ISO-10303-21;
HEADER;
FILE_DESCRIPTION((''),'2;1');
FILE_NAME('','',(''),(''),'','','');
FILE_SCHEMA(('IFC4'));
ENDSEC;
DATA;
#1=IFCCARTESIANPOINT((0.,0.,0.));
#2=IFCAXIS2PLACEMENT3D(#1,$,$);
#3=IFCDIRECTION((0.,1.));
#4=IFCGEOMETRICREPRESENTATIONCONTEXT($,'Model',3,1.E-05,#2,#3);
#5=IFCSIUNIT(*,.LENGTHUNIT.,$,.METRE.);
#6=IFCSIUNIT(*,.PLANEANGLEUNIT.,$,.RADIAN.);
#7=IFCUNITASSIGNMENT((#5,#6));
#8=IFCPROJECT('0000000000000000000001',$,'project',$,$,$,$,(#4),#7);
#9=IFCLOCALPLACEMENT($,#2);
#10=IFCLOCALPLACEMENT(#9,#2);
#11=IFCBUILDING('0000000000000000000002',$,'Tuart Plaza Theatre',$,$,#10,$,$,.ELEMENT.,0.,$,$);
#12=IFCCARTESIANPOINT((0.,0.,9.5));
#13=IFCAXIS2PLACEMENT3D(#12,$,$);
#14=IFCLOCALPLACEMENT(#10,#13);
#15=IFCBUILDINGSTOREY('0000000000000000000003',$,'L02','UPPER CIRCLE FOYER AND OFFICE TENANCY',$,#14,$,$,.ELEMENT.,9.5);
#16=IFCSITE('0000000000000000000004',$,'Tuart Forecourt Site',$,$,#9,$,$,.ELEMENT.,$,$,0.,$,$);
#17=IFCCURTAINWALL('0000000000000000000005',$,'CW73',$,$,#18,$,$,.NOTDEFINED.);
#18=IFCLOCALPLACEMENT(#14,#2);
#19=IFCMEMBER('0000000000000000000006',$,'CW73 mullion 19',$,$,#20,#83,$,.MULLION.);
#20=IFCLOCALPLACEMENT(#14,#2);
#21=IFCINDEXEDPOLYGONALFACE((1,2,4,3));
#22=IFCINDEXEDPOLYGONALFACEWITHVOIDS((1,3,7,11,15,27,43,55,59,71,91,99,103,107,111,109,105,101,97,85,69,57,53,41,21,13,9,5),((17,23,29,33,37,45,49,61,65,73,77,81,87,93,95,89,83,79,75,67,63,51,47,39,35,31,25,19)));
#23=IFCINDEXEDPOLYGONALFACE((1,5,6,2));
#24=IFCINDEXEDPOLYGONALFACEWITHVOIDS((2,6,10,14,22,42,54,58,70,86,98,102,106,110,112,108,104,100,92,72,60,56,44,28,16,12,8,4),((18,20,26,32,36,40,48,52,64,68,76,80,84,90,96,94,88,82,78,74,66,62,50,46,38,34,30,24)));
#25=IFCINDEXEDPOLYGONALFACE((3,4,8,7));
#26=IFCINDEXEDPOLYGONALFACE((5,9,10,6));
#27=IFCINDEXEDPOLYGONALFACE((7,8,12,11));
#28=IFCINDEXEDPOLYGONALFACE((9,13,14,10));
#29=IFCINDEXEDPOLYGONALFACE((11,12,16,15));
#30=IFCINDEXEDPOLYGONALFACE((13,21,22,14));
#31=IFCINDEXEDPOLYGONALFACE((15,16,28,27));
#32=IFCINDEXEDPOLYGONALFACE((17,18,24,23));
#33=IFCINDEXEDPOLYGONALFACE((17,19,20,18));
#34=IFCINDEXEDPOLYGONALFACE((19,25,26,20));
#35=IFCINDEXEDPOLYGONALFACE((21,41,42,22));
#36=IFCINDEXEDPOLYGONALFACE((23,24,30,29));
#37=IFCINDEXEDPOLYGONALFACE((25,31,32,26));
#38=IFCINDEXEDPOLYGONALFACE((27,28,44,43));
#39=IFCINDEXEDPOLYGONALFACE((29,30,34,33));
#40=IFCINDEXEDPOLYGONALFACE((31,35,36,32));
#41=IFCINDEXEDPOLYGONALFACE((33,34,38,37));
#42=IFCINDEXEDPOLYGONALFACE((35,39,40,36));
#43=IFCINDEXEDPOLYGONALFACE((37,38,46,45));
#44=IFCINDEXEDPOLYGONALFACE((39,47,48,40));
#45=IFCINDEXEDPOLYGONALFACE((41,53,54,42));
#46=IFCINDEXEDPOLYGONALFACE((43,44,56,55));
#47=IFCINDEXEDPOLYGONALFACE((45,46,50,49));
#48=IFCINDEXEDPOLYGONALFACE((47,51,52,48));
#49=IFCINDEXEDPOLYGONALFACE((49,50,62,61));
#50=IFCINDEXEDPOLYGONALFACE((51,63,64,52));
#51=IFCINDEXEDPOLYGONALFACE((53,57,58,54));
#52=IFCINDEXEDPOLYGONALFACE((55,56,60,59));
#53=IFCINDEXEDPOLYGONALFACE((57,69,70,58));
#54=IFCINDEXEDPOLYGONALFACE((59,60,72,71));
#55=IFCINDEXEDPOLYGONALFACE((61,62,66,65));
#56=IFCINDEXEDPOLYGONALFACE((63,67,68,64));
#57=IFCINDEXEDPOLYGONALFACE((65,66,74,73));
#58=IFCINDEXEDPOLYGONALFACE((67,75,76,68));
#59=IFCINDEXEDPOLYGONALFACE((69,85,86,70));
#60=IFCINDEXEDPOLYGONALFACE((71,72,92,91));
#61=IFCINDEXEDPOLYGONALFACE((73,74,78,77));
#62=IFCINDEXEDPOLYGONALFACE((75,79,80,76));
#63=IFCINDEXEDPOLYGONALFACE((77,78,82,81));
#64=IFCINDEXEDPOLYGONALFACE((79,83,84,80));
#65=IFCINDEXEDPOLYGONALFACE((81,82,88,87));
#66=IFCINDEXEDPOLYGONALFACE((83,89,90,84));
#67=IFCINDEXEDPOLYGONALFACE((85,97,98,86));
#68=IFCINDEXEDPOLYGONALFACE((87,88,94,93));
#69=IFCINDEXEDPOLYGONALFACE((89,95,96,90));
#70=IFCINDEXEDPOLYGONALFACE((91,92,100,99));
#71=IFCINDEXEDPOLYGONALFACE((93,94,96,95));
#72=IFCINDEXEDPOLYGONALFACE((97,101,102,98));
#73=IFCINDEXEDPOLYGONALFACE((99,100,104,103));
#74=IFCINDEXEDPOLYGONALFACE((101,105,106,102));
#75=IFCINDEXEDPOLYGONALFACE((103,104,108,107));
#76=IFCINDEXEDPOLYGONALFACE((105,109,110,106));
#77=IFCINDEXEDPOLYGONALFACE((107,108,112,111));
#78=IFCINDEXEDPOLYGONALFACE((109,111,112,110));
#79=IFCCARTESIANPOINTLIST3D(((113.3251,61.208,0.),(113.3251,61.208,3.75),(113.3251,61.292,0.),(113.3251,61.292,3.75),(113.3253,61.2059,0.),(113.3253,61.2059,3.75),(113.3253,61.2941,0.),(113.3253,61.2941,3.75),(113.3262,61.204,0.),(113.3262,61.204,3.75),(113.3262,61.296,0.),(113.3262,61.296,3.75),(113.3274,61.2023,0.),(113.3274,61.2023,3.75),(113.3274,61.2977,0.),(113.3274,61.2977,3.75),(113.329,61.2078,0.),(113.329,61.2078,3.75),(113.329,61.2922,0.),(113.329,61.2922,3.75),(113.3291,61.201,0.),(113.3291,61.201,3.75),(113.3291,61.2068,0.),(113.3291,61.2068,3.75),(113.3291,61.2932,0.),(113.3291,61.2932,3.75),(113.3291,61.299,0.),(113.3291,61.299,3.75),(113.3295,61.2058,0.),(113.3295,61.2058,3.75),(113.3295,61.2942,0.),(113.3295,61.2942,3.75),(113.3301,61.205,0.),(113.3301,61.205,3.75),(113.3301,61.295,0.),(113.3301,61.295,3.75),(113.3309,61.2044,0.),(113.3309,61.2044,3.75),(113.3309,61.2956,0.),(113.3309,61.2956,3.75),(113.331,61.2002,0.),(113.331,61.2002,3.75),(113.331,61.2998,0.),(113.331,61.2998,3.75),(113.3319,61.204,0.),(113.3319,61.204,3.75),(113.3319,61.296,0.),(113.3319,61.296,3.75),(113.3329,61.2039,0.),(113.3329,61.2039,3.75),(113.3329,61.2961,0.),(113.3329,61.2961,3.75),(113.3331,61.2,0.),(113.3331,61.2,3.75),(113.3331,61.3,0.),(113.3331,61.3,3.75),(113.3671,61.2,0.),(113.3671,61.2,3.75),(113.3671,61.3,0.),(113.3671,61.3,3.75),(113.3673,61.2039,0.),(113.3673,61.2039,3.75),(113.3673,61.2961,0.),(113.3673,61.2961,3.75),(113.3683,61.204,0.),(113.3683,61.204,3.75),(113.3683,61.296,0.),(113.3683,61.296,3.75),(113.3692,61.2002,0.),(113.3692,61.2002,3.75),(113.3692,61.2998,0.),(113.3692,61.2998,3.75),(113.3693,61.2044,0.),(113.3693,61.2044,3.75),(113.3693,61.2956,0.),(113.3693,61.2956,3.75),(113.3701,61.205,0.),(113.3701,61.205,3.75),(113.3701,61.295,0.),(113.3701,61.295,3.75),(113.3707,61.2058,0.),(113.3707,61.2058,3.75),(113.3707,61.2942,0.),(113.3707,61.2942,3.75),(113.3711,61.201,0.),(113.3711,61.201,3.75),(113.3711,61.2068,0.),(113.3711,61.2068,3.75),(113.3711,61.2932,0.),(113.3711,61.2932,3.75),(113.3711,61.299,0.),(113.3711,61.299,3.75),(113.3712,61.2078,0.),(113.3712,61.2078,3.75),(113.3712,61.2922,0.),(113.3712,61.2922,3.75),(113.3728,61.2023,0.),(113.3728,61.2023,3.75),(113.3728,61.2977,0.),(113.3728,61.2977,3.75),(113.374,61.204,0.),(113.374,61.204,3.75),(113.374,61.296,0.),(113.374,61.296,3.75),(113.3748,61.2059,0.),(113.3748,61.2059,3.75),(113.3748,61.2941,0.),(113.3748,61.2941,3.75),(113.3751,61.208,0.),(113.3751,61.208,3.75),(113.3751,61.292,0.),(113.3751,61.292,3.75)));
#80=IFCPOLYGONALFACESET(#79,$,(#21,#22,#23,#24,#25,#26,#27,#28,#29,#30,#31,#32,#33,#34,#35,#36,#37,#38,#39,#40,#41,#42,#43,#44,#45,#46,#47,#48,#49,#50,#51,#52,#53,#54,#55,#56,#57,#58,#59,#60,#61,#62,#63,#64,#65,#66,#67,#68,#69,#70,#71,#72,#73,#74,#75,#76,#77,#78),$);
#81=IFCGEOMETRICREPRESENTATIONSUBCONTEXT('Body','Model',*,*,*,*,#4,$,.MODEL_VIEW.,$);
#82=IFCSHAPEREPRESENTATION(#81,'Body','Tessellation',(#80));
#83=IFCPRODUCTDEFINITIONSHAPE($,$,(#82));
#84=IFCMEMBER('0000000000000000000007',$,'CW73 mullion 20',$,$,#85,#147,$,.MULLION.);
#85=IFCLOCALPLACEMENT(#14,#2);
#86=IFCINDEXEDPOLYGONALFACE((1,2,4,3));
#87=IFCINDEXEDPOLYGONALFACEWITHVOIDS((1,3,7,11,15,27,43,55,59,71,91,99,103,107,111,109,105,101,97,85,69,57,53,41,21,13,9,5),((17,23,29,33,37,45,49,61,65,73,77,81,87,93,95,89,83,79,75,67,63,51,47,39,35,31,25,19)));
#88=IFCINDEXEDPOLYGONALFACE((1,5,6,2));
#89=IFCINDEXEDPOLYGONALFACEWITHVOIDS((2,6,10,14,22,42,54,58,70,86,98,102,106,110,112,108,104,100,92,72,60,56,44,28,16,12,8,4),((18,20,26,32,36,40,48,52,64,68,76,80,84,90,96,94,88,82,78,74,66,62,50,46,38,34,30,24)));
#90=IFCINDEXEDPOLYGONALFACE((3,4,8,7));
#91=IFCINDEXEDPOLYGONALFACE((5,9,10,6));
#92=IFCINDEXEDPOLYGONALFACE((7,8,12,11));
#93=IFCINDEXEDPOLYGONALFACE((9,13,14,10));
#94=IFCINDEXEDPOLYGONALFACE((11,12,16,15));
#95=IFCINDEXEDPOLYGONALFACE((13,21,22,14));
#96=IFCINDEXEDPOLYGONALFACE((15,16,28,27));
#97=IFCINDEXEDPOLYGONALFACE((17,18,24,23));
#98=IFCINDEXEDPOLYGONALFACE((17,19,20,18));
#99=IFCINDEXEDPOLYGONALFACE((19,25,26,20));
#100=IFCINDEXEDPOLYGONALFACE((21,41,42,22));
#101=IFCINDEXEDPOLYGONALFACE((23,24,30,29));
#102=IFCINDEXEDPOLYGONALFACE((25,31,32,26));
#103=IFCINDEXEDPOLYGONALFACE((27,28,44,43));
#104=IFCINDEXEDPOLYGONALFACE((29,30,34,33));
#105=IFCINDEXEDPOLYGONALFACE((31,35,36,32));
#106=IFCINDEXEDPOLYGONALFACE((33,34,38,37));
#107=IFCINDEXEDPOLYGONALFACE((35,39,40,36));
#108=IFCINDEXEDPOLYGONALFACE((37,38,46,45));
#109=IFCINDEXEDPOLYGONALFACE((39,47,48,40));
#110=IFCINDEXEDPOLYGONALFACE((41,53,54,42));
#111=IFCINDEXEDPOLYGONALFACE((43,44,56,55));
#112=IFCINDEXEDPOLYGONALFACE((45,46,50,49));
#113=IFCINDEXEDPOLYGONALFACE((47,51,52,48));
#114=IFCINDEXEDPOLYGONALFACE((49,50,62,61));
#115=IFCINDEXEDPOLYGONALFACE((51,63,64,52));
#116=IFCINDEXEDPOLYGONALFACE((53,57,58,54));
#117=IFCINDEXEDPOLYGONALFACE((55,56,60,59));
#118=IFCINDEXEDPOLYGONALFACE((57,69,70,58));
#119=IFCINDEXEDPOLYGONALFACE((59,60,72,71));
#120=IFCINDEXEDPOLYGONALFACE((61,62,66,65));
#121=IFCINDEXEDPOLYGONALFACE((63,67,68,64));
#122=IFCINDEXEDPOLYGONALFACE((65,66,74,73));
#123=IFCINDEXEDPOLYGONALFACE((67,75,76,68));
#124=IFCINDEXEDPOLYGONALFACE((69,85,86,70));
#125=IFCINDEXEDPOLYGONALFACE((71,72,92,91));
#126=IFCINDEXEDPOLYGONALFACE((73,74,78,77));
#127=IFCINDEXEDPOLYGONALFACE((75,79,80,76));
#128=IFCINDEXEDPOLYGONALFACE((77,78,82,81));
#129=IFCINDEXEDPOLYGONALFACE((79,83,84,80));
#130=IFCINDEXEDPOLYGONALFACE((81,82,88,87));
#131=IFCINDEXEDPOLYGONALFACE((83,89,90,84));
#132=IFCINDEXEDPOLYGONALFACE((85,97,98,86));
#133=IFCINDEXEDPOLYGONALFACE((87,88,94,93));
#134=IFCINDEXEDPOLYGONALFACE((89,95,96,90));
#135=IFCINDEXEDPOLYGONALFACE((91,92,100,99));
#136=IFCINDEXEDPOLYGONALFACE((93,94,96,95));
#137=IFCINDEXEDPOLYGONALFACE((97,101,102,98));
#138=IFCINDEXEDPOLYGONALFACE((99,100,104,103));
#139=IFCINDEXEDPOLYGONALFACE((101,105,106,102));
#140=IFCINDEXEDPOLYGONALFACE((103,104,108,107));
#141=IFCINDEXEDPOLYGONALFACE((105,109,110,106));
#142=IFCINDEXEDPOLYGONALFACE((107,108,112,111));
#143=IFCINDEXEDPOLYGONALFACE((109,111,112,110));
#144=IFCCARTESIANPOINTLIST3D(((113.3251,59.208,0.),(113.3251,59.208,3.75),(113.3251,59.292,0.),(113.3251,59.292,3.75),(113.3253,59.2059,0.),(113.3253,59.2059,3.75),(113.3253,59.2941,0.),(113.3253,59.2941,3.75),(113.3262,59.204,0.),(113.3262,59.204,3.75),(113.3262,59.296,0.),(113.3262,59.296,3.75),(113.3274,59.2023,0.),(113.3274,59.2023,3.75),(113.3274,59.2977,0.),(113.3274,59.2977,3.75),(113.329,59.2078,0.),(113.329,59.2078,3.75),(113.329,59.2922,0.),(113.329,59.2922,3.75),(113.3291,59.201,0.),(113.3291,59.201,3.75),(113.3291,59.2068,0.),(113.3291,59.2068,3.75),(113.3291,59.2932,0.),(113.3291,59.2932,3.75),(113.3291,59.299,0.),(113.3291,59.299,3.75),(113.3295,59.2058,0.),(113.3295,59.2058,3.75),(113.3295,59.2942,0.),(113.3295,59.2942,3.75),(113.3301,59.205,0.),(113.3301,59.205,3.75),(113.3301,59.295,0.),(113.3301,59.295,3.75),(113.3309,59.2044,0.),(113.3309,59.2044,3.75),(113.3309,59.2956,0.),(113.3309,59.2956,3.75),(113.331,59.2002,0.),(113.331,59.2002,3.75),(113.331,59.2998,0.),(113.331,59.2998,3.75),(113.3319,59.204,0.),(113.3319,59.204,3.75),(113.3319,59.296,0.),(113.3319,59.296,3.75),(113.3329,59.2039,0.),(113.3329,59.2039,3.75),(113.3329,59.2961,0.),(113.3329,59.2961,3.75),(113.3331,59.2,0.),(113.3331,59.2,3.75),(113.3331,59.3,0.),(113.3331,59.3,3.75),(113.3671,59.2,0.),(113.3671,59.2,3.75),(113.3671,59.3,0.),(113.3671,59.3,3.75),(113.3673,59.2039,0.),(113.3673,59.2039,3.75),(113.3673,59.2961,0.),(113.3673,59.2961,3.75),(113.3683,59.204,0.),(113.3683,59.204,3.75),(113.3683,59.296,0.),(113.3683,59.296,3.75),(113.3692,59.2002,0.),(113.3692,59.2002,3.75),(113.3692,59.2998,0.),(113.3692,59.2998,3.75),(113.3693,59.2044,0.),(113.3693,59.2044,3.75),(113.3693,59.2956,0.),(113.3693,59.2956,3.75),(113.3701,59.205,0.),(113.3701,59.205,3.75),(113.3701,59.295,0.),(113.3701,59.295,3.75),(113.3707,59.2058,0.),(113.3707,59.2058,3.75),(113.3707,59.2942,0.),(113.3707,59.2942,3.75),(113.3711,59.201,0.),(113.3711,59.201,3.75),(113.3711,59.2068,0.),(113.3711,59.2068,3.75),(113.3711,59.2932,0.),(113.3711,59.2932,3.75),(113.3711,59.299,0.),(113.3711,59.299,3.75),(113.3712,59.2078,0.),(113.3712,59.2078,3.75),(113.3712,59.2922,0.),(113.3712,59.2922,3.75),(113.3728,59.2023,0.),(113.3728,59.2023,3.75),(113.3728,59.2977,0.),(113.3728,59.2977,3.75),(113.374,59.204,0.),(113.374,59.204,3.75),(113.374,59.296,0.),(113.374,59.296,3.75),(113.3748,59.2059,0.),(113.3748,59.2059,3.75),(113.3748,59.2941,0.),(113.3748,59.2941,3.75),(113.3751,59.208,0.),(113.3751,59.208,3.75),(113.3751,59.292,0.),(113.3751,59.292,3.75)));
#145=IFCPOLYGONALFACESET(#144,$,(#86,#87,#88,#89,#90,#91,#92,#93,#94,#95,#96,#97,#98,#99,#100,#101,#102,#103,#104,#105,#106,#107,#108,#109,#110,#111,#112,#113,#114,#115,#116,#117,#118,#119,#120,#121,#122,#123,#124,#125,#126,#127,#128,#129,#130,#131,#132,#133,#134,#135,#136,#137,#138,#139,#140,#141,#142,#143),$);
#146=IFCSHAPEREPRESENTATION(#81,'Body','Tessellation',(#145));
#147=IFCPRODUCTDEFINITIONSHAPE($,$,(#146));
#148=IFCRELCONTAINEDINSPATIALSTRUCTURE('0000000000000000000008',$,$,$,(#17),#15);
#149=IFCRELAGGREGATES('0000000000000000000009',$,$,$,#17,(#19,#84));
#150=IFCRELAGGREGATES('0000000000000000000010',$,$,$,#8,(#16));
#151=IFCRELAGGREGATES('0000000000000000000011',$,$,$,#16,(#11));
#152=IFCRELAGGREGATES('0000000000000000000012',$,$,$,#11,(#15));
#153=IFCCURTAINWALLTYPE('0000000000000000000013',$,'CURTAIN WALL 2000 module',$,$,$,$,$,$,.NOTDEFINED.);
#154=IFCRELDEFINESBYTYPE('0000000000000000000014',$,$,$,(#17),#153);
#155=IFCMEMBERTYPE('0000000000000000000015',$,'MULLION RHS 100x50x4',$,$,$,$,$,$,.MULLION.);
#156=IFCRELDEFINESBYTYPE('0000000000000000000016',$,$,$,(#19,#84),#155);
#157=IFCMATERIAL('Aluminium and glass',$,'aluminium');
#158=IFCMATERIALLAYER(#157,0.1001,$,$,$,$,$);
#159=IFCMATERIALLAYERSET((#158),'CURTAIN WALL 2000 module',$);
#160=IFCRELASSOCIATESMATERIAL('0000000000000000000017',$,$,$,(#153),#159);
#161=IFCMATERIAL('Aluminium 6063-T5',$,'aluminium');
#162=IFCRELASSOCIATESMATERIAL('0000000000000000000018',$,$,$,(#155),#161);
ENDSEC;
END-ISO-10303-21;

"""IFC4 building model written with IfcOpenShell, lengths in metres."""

from ifc_helpers import new_model, si_unit, direction, frame, origin, origin_2d, place, context, subcontext, project, spatial, hollow_rectangle, extrude, material, layer, layer_set, material_profile, profile_set, type_object, element, aggregate, save


model = new_model("IFC4")

# Units and contexts
model_context = context("Model", 3, precision=1e-05, world=origin(), true_north=direction((0.0, 1.0)))
body_context = subcontext(model_context, "Body", "Model", "MODEL_VIEW")
ifc_project = project(units=[si_unit("LENGTHUNIT", "METRE"), si_unit("PLANEANGLEUNIT", "RADIAN")], contexts=[model_context])

# Site, building, storey
site_placement = place(None, origin())
site = spatial("IfcSite", under=ifc_project, at=site_placement, Name="Tuart Forecourt Site", CompositionType="ELEMENT", RefElevation=0.0)
building_placement = place(site_placement, origin())
building = spatial("IfcBuilding", under=site, at=building_placement, Name="Tuart Plaza Theatre", CompositionType="ELEMENT", ElevationOfRefHeight=0.0)
storey_placement = place(building_placement, frame((0.0, 0.0, 9.5)))
storey = spatial("IfcBuildingStorey", under=building, at=storey_placement, Name="L02", Description="UPPER CIRCLE FOYER AND OFFICE TENANCY", CompositionType="ELEMENT", Elevation=9.5)

# Curtain wall, members
ifc_material_1 = material(Name="Aluminium and glass", Category="aluminium")
ifc_layer_1 = layer(ifc_material_1, 0.1001)
ifc_layer_set_1 = layer_set([ifc_layer_1], Name="CURTAIN WALL 2000 module")
curtain_wall_type = type_object("IfcCurtainWallType", Name="CURTAIN WALL 2000 module", PredefinedType="NOTDEFINED", material=ifc_layer_set_1)
curtain_wall_placement = place(storey_placement, origin())
curtain_wall = element("IfcCurtainWall", 1, at=curtain_wall_placement, inside=storey, type_object=curtain_wall_type, Name="CW73", PredefinedType="NOTDEFINED")
ifc_material_2 = material(Name="Aluminium 6063-T5", Category="aluminium")
ifc_material_profile_1 = material_profile(ifc_material_2, hollow_rectangle(XDim=0.05, YDim=0.1001, WallThickness=0.0039, InnerFilletRadius=0.0039, OuterFilletRadius=0.0081, at=origin_2d()), Name="RHS 100x50x4")
ifc_profile_set_1 = profile_set([ifc_material_profile_1], Name="Aluminium 6063-T5")
member_type_1 = type_object("IfcMemberType", Name="MULLION RHS 100x50x4", PredefinedType="MULLION", material=ifc_profile_set_1)
member_1_placement = place(storey_placement, frame((113.3501, 61.25, 0.0), z_axis=(0.0, 0.0, 1.0), x_axis=(1.0, 0.0, 0.0)))
member_1 = element("IfcMember", 2, at=member_1_placement, type_object=member_type_1, Name="CW73 mullion 19", PredefinedType="MULLION", context=body_context, shape_type="SweptSolid", body=[
    extrude(hollow_rectangle(XDim=0.05, YDim=0.1001, WallThickness=0.0039, InnerFilletRadius=0.0039, OuterFilletRadius=0.0081, at=origin_2d()), origin(), (0.0, 0.0, 1.0), 3.75),
])
member_2_placement = place(storey_placement, frame((113.3501, 59.25, 0.0), z_axis=(0.0, 0.0, 1.0), x_axis=(1.0, 0.0, 0.0)))
member_2 = element("IfcMember", 3, at=member_2_placement, type_object=member_type_1, Name="CW73 mullion 20", PredefinedType="MULLION", context=body_context, shape_type="SweptSolid", body=[
    extrude(hollow_rectangle(XDim=0.05, YDim=0.1001, WallThickness=0.0039, InnerFilletRadius=0.0039, OuterFilletRadius=0.0081, at=origin_2d()), origin(), (0.0, 0.0, 1.0), 3.75),
])
aggregate(curtain_wall, [member_1, member_2])

save(model, "model.ifc")
